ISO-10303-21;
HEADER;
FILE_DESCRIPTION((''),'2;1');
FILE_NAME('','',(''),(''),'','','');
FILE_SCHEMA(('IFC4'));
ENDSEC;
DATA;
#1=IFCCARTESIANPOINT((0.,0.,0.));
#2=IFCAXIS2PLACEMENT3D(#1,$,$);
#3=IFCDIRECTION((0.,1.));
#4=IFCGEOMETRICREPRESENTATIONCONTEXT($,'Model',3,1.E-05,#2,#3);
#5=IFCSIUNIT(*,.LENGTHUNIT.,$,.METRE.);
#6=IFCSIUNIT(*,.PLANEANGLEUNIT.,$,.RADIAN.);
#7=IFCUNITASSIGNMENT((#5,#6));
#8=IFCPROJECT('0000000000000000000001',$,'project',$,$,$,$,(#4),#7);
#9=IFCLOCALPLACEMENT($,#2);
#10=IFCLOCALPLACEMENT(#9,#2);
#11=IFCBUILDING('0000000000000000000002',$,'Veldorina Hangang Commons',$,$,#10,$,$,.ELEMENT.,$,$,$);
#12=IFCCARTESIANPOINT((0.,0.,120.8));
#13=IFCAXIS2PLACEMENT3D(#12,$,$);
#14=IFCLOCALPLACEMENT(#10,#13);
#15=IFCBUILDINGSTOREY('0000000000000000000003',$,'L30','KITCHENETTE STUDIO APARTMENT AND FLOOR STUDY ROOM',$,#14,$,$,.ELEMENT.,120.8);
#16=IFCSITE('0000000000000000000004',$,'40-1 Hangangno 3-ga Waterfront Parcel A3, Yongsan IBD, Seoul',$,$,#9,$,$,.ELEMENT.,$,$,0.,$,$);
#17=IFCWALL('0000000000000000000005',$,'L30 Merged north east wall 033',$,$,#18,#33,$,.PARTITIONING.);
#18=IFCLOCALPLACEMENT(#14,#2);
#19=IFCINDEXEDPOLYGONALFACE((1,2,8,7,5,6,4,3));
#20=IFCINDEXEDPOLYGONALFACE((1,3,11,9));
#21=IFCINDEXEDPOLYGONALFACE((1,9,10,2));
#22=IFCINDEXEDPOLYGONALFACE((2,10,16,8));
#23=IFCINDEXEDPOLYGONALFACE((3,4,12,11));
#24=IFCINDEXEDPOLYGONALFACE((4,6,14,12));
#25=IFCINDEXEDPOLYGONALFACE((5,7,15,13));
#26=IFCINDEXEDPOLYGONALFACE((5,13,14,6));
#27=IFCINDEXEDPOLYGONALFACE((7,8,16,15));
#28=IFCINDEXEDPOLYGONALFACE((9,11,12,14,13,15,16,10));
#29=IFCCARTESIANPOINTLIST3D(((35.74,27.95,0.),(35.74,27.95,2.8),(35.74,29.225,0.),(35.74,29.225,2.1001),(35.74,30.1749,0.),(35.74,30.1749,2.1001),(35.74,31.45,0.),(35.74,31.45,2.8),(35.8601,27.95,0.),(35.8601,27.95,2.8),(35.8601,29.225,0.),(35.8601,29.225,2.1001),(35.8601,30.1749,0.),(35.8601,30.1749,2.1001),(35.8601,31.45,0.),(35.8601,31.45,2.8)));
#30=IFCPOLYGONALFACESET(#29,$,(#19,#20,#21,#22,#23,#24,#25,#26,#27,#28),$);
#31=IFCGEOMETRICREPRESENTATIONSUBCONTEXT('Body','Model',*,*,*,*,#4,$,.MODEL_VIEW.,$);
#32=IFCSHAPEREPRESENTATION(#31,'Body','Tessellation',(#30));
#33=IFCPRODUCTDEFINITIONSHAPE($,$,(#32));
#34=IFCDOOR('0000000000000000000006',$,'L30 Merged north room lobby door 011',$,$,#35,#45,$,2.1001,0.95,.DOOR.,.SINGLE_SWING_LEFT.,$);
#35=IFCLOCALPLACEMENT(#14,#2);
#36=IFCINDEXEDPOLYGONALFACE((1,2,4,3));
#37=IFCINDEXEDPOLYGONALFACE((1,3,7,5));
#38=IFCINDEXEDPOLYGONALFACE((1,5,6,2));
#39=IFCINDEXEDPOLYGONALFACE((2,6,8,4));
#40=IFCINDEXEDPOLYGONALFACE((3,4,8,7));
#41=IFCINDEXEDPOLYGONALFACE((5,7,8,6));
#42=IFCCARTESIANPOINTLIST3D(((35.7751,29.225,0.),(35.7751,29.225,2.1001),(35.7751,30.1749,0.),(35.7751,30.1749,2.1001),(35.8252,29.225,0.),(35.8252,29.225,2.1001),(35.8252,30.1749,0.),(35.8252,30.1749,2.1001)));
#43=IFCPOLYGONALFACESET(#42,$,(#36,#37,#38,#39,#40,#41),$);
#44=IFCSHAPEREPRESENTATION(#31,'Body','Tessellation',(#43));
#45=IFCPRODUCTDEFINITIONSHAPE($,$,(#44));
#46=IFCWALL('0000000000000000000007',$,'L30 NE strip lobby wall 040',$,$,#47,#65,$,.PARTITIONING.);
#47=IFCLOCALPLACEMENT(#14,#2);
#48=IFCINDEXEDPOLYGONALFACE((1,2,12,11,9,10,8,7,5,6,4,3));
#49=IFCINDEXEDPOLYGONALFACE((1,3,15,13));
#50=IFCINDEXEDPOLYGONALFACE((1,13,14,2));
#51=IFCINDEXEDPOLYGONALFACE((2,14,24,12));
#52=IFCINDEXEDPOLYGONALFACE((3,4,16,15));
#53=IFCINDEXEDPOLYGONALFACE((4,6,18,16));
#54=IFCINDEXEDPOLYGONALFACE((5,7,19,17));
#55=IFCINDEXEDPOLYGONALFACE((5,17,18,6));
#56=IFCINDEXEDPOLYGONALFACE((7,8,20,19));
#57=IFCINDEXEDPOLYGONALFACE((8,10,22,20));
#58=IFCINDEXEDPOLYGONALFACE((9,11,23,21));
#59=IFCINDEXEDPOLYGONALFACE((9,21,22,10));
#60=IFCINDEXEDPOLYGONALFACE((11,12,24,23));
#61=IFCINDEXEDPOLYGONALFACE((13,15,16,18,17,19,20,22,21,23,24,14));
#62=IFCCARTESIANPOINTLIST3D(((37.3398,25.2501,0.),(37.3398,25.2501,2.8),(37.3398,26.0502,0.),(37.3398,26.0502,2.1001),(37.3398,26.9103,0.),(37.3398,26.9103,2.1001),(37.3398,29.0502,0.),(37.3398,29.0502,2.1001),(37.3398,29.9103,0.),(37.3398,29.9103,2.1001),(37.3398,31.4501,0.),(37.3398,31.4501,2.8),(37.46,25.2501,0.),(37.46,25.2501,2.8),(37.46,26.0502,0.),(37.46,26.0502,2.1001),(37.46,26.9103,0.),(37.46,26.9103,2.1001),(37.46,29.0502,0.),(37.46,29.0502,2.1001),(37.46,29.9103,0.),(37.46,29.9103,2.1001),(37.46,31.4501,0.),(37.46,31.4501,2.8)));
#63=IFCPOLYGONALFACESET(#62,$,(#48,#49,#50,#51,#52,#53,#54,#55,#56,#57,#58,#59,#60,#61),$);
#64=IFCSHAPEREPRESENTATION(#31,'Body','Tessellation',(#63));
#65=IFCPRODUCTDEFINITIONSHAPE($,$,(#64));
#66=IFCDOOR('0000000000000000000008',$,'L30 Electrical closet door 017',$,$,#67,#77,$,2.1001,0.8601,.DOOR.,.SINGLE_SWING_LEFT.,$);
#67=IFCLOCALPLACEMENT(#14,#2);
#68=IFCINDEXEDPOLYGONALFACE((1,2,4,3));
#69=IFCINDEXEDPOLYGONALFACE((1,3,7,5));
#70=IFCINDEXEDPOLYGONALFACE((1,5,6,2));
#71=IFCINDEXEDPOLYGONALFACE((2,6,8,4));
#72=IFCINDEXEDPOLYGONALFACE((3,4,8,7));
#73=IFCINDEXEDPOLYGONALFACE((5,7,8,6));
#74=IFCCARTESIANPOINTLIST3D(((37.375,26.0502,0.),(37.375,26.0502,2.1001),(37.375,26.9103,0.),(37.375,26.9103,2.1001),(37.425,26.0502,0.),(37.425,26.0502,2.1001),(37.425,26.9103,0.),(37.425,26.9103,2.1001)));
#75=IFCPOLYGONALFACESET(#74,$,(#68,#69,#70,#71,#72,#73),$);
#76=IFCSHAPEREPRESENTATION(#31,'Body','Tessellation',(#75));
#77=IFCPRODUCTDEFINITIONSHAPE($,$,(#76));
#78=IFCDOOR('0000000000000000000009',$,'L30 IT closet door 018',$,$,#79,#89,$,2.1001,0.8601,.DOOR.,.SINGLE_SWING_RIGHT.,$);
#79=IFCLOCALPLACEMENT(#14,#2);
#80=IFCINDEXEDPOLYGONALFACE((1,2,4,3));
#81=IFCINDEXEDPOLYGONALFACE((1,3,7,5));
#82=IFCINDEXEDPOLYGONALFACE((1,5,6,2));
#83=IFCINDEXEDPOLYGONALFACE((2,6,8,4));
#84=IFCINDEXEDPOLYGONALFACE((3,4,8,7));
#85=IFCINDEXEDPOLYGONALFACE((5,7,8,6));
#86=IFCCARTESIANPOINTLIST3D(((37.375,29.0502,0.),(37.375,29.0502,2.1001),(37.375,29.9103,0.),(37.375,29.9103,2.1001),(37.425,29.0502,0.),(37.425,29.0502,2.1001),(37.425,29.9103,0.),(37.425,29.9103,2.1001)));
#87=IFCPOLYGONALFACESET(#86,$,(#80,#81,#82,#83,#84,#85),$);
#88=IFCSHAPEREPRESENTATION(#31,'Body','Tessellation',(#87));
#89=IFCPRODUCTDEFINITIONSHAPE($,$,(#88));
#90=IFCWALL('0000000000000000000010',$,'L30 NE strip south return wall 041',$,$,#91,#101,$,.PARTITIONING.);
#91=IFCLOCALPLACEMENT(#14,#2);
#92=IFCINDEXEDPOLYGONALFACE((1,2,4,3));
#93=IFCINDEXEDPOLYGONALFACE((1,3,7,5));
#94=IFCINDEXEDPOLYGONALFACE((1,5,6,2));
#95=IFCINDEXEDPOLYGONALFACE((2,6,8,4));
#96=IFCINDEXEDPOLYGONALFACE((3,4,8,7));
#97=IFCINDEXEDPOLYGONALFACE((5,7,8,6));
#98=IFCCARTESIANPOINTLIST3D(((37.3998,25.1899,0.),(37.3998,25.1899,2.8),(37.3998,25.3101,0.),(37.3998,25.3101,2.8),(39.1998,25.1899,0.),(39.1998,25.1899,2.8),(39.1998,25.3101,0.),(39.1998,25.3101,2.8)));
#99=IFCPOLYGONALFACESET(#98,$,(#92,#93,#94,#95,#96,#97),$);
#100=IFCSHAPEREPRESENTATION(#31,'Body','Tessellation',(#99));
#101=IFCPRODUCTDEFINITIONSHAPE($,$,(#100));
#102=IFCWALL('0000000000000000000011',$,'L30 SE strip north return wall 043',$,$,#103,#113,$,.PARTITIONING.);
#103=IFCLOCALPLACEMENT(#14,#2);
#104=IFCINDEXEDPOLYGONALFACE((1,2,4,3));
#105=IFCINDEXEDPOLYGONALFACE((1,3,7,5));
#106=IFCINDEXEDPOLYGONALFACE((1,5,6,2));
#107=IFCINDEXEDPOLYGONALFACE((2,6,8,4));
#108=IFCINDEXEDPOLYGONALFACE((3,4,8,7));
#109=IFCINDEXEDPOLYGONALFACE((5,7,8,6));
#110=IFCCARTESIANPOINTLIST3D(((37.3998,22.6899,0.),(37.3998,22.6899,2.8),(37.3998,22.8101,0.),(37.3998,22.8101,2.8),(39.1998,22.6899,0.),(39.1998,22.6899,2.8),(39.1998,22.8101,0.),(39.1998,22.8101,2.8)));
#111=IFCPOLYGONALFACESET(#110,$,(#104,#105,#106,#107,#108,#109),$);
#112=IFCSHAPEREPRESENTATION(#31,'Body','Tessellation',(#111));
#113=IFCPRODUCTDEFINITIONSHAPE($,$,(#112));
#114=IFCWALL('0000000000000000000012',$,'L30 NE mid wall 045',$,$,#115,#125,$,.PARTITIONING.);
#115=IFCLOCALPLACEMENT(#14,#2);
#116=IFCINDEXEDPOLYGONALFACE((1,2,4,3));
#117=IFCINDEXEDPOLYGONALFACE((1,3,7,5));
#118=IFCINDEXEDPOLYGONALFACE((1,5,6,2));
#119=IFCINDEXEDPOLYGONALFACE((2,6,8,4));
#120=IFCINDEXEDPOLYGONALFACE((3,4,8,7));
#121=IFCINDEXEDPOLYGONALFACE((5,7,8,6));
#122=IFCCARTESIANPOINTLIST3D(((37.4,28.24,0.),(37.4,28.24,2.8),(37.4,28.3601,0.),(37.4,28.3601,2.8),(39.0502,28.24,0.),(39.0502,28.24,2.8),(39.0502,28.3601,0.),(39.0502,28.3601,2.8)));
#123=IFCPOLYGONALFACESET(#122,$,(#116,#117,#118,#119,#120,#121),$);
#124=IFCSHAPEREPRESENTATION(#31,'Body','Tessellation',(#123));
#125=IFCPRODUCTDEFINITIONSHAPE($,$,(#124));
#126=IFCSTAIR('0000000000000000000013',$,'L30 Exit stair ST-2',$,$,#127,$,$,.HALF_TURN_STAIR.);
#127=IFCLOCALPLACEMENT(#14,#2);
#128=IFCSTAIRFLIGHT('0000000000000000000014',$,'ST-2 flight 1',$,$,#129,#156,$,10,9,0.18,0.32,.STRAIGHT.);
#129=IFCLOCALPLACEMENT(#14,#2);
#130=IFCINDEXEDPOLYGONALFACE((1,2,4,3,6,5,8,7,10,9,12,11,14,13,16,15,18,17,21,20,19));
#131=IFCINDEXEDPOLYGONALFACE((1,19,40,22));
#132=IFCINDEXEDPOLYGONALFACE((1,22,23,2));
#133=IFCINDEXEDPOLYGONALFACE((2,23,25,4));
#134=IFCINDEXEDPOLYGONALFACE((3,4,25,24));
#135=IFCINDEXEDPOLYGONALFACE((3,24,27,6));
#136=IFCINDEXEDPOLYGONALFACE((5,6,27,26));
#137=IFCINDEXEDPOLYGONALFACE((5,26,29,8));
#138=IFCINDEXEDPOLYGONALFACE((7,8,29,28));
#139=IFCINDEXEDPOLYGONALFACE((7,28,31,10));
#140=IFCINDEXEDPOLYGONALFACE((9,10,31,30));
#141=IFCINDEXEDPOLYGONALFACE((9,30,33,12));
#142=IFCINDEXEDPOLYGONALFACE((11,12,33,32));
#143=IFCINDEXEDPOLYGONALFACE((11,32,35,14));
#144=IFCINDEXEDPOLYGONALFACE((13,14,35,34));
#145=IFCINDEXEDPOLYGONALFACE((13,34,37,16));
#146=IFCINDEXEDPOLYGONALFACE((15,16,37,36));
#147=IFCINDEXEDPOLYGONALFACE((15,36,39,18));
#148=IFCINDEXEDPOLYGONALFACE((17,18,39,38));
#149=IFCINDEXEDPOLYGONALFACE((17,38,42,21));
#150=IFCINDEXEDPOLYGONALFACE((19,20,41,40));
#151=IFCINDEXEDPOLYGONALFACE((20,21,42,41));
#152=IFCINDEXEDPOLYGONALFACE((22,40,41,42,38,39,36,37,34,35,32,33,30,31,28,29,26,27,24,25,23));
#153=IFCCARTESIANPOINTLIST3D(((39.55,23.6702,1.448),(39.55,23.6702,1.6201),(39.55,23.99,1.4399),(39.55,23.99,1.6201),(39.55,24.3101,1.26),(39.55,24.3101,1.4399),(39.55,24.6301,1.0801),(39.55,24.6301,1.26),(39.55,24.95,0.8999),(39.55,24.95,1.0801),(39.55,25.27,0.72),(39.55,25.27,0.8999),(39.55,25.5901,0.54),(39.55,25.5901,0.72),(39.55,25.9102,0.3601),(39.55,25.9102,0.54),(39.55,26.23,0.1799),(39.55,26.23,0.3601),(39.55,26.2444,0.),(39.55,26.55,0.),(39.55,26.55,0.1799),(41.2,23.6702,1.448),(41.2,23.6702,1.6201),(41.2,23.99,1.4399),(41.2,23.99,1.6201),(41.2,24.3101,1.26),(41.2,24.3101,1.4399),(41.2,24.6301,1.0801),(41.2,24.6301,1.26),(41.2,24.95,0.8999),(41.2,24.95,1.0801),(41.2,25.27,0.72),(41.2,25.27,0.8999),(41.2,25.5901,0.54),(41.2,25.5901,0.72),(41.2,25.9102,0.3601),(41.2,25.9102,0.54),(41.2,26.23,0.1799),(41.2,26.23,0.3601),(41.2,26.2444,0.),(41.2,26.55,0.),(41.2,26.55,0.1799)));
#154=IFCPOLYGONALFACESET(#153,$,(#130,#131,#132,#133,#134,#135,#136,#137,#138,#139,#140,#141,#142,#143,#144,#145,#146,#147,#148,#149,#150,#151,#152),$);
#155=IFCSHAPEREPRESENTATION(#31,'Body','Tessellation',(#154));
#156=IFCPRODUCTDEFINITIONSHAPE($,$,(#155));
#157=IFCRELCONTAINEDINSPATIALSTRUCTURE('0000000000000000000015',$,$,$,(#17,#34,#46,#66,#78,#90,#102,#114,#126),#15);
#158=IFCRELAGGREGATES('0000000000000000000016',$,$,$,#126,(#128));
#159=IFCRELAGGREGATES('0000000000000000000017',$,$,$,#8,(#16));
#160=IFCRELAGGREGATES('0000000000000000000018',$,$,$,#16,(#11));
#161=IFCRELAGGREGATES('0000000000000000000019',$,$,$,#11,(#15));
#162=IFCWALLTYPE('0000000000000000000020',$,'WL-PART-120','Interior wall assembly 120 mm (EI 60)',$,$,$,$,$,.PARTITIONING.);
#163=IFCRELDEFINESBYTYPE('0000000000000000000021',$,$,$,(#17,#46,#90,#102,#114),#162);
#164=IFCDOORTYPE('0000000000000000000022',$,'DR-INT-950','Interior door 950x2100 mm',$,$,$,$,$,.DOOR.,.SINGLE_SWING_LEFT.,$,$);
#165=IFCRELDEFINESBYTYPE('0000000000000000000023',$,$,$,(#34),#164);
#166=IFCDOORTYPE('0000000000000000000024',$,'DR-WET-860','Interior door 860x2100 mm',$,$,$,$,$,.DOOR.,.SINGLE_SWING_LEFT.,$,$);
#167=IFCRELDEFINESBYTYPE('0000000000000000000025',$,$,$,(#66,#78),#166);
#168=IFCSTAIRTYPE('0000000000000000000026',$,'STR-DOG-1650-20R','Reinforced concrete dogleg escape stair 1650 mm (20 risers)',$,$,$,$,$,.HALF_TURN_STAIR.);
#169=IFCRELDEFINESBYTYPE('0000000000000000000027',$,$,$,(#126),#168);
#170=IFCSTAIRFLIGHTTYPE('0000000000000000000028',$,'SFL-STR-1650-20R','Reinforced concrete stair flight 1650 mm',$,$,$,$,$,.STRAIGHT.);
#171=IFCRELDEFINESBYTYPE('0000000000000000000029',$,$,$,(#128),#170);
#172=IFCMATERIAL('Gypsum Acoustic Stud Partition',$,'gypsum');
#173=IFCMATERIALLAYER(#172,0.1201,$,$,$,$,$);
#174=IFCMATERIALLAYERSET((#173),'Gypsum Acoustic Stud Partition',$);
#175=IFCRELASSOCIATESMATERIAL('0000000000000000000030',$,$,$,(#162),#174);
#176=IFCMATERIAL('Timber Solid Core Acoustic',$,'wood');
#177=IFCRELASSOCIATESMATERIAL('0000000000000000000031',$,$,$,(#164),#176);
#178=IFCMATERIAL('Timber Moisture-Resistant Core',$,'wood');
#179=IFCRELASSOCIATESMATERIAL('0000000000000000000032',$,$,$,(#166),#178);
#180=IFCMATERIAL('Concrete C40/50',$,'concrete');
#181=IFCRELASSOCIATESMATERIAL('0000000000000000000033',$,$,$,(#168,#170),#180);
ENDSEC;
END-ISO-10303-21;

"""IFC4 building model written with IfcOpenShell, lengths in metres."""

from ifc_helpers import new_model, si_unit, direction, frame, frame_2d, origin, place, context, subcontext, project, spatial, polyline, rectangle, outline, extrude, material, layer, layer_set, type_object, element, fill, aggregate, save


model = new_model("IFC4")

# Units and contexts
model_context = context("Model", 3, precision=1e-05, world=origin(), true_north=direction((0.0, 1.0)))
body_context = subcontext(model_context, "Body", "Model", "MODEL_VIEW")
ifc_project = project(units=[si_unit("LENGTHUNIT", "METRE"), si_unit("PLANEANGLEUNIT", "RADIAN")], contexts=[model_context])

# Site, building, storey
site_placement = place(None, origin())
site = spatial("IfcSite", under=ifc_project, at=site_placement, Name="40-1 Hangangno 3-ga Waterfront Parcel A3, Yongsan IBD, Seoul", CompositionType="ELEMENT", RefElevation=0.0)
building_placement = place(site_placement, origin())
building = spatial("IfcBuilding", under=site, at=building_placement, Name="Veldorina Hangang Commons", CompositionType="ELEMENT")
storey_placement = place(building_placement, frame((0.0, 0.0, 120.8)))
storey = spatial("IfcBuildingStorey", under=building, at=storey_placement, Name="L30", Description="KITCHENETTE STUDIO APARTMENT AND FLOOR STUDY ROOM", CompositionType="ELEMENT", Elevation=120.8)

# Wall, opening, door
ifc_material_1 = material(Name="Gypsum Acoustic Stud Partition", Category="gypsum")
ifc_layer_1 = layer(ifc_material_1, 0.1201)
ifc_layer_set_1 = layer_set([ifc_layer_1], Name="Gypsum Acoustic Stud Partition")
wall_type_1 = type_object("IfcWallType", Name="WL-PART-120", Description="Interior wall assembly 120 mm (EI 60)", PredefinedType="PARTITIONING", material=ifc_layer_set_1)
wall_1_placement = place(storey_placement, frame((35.8, 27.95, 0.0), z_axis=(0.0, 0.0, 1.0), x_axis=(0.0, 1.0, 0.0)))
wall_1 = element("IfcWall", 1, at=wall_1_placement, inside=storey, type_object=wall_type_1, Name="L30 Merged north east wall 033", PredefinedType="PARTITIONING", context=body_context, shape_type="SweptSolid", body=[
    extrude(rectangle(XDim=3.5, YDim=0.1201, at=frame_2d((1.75, 0.0))), origin(), (0.0, 0.0, 1.0), 2.8),
])
opening_1_placement = place(wall_1_placement, frame((1.2749, 0.0, 0.0)))
opening_1 = element("IfcOpeningElement", 2, at=opening_1_placement, cuts=wall_1, PredefinedType="OPENING", context=body_context, shape_type="SweptSolid", body=[
    extrude(rectangle(XDim=0.95, YDim=2.1001, at=frame_2d((0.4751, 1.05))), frame((0.0, 0.0701, 0.0), z_axis=(0.0, -1.0, 0.0), x_axis=(1.0, 0.0, 0.0)), (0.0, 0.0, 1.0), 0.1401),
])
ifc_material_2 = material(Name="Timber Solid Core Acoustic", Category="wood")
door_type_1 = type_object("IfcDoorType", Name="DR-INT-950", Description="Interior door 950x2100 mm", OperationType="SINGLE_SWING_LEFT", PredefinedType="DOOR", material=ifc_material_2)
door_1_placement = place(opening_1_placement, origin())
door_1 = element("IfcDoor", 3, at=door_1_placement, inside=storey, type_object=door_type_1, Name="L30 Merged north room lobby door 011", OperationType="SINGLE_SWING_LEFT", OverallHeight=2.1001, OverallWidth=0.95, PredefinedType="DOOR", context=body_context, shape_type="SweptSolid", body=[
    extrude(rectangle(XDim=0.95, YDim=2.1001, at=frame_2d((0.4751, 1.05))), frame((0.0, 0.0249, 0.0), z_axis=(0.0, -1.0, 0.0), x_axis=(1.0, 0.0, 0.0)), (0.0, 0.0, 1.0), 0.05),
])
fill(opening_1, door_1)

# Wall, openings, doors
wall_2_placement = place(storey_placement, frame((37.3999, 25.25, 0.0), z_axis=(0.0, 0.0, 1.0), x_axis=(0.0, 1.0, 0.0)))
wall_2 = element("IfcWall", 4, at=wall_2_placement, inside=storey, type_object=wall_type_1, Name="L30 NE strip lobby wall 040", PredefinedType="PARTITIONING", context=body_context, shape_type="SweptSolid", body=[
    extrude(rectangle(XDim=6.2, YDim=0.1201, at=frame_2d((3.1001, 0.0))), origin(), (0.0, 0.0, 1.0), 2.8),
])
opening_2_placement = place(wall_2_placement, frame((0.8, 0.0, 0.0)))
opening_2 = element("IfcOpeningElement", 5, at=opening_2_placement, cuts=wall_2, PredefinedType="OPENING", context=body_context, shape_type="SweptSolid", body=[
    extrude(rectangle(XDim=0.8601, YDim=2.1001, at=frame_2d((0.4302, 1.05))), frame((0.0, 0.0701, 0.0), z_axis=(0.0, -1.0, 0.0), x_axis=(1.0, 0.0, 0.0)), (0.0, 0.0, 1.0), 0.1401),
])
opening_3_placement = place(wall_2_placement, frame((3.8, 0.0, 0.0)))
opening_3 = element("IfcOpeningElement", 6, at=opening_3_placement, cuts=wall_2, PredefinedType="OPENING", context=body_context, shape_type="SweptSolid", body=[
    extrude(rectangle(XDim=0.8601, YDim=2.1001, at=frame_2d((0.4302, 1.05))), frame((0.0, 0.0701, 0.0), z_axis=(0.0, -1.0, 0.0), x_axis=(1.0, 0.0, 0.0)), (0.0, 0.0, 1.0), 0.1401),
])
ifc_material_3 = material(Name="Timber Moisture-Resistant Core", Category="wood")
door_type_2 = type_object("IfcDoorType", Name="DR-WET-860", Description="Interior door 860x2100 mm", OperationType="SINGLE_SWING_LEFT", PredefinedType="DOOR", material=ifc_material_3)
door_2_placement = place(opening_2_placement, origin())
door_2 = element("IfcDoor", 7, at=door_2_placement, inside=storey, type_object=door_type_2, Name="L30 Electrical closet door 017", OperationType="SINGLE_SWING_LEFT", OverallHeight=2.1001, OverallWidth=0.8601, PredefinedType="DOOR", context=body_context, shape_type="SweptSolid", body=[
    extrude(rectangle(XDim=0.8601, YDim=2.1001, at=frame_2d((0.4302, 1.05))), frame((0.0, 0.0249, 0.0), z_axis=(0.0, -1.0, 0.0), x_axis=(1.0, 0.0, 0.0)), (0.0, 0.0, 1.0), 0.05),
])
fill(opening_2, door_2)
door_3_placement = place(opening_3_placement, origin())
door_3 = element("IfcDoor", 8, at=door_3_placement, inside=storey, type_object=door_type_2, Name="L30 IT closet door 018", OperationType="SINGLE_SWING_RIGHT", OverallHeight=2.1001, OverallWidth=0.8601, PredefinedType="DOOR", context=body_context, shape_type="SweptSolid", body=[
    extrude(rectangle(XDim=0.8601, YDim=2.1001, at=frame_2d((0.4302, 1.05))), frame((0.0, 0.0249, 0.0), z_axis=(0.0, -1.0, 0.0), x_axis=(1.0, 0.0, 0.0)), (0.0, 0.0, 1.0), 0.05),
])
fill(opening_3, door_3)

# Walls
for number, where, z_axis, x_axis, name in (
    (9, (37.3999, 25.25, 0.0), (0.0, 0.0, 1.0), (1.0, 0.0, 0.0), "L30 NE strip south return wall 041"),
    (10, (37.3999, 22.75, 0.0), (0.0, 0.0, 1.0), (1.0, 0.0, 0.0), "L30 SE strip north return wall 043"),
):
    element("IfcWall", number, at=place(storey_placement, frame(where, z_axis=z_axis, x_axis=x_axis)), inside=storey, type_object=wall_type_1, Name=name, PredefinedType="PARTITIONING", context=body_context, shape_type="SweptSolid", body=[
        extrude(rectangle(XDim=1.8, YDim=0.1201, at=frame_2d((0.8999, 0.0))), origin(), (0.0, 0.0, 1.0), 2.8),
    ])
wall_3_placement = place(storey_placement, frame((37.3999, 28.3, 0.0), z_axis=(0.0, 0.0, 1.0), x_axis=(1.0, 0.0, 0.0)))
element("IfcWall", 11, at=wall_3_placement, inside=storey, type_object=wall_type_1, Name="L30 NE mid wall 045", PredefinedType="PARTITIONING", context=body_context, shape_type="SweptSolid", body=[
    extrude(rectangle(XDim=1.6501, YDim=0.1201, at=frame_2d((0.8252, 0.0))), origin(), (0.0, 0.0, 1.0), 2.8),
])

# Stair, stair flight
ifc_material_4 = material(Name="Concrete C40/50", Category="concrete")
stair_type = type_object("IfcStairType", Name="STR-DOG-1650-20R", Description="Reinforced concrete dogleg escape stair 1650 mm (20 risers)", PredefinedType="HALF_TURN_STAIR", material=ifc_material_4)
stair_placement = place(storey_placement, origin())
stair = element("IfcStair", 12, at=stair_placement, inside=storey, type_object=stair_type, Name="L30 Exit stair ST-2", PredefinedType="HALF_TURN_STAIR")
stair_flight_type = type_object("IfcStairFlightType", Name="SFL-STR-1650-20R", Description="Reinforced concrete stair flight 1650 mm", PredefinedType="STRAIGHT", material=ifc_material_4)
stair_flight_1_placement = place(storey_placement, frame((40.375, 26.55, 0.0), z_axis=(0.0, 0.0, 1.0), x_axis=(0.0, -1.0, 0.0)))
stair_flight_1 = element("IfcStairFlight", 13, at=stair_flight_1_placement, type_object=stair_flight_type, Name="ST-2 flight 1", NumberOfRisers=10, NumberOfTreads=9, PredefinedType="STRAIGHT", RiserHeight=0.18, TreadLength=0.32, context=body_context, shape_type="SweptSolid", body=[
    extrude(outline(polyline([(0.0, 0.0), (0.0, 0.1799), (0.3201, 0.1799), (0.3201, 0.3601), (0.6399, 0.3601), (0.6399, 0.54), (0.96, 0.54), (0.96, 0.72), (1.28, 0.72), (1.28, 0.8999), (1.6001, 0.8999), (1.6001, 1.0801), (1.9199, 1.0801), (1.9199, 1.26), (2.24, 1.26), (2.24, 1.4399), (2.5601, 1.4399), (2.5601, 1.6201), (2.8799, 1.6201), (2.8799, 1.8), (2.8799, 1.448), (0.3057, 0.0), (0.0, 0.0)])), frame((0.0, 0.825, 0.0), z_axis=(0.0, -1.0, 0.0), x_axis=(1.0, 0.0, 0.0)), (0.0, 0.0, 1.0), 1.6499),
])
aggregate(stair, [stair_flight_1])

save(model, "model.ifc")
